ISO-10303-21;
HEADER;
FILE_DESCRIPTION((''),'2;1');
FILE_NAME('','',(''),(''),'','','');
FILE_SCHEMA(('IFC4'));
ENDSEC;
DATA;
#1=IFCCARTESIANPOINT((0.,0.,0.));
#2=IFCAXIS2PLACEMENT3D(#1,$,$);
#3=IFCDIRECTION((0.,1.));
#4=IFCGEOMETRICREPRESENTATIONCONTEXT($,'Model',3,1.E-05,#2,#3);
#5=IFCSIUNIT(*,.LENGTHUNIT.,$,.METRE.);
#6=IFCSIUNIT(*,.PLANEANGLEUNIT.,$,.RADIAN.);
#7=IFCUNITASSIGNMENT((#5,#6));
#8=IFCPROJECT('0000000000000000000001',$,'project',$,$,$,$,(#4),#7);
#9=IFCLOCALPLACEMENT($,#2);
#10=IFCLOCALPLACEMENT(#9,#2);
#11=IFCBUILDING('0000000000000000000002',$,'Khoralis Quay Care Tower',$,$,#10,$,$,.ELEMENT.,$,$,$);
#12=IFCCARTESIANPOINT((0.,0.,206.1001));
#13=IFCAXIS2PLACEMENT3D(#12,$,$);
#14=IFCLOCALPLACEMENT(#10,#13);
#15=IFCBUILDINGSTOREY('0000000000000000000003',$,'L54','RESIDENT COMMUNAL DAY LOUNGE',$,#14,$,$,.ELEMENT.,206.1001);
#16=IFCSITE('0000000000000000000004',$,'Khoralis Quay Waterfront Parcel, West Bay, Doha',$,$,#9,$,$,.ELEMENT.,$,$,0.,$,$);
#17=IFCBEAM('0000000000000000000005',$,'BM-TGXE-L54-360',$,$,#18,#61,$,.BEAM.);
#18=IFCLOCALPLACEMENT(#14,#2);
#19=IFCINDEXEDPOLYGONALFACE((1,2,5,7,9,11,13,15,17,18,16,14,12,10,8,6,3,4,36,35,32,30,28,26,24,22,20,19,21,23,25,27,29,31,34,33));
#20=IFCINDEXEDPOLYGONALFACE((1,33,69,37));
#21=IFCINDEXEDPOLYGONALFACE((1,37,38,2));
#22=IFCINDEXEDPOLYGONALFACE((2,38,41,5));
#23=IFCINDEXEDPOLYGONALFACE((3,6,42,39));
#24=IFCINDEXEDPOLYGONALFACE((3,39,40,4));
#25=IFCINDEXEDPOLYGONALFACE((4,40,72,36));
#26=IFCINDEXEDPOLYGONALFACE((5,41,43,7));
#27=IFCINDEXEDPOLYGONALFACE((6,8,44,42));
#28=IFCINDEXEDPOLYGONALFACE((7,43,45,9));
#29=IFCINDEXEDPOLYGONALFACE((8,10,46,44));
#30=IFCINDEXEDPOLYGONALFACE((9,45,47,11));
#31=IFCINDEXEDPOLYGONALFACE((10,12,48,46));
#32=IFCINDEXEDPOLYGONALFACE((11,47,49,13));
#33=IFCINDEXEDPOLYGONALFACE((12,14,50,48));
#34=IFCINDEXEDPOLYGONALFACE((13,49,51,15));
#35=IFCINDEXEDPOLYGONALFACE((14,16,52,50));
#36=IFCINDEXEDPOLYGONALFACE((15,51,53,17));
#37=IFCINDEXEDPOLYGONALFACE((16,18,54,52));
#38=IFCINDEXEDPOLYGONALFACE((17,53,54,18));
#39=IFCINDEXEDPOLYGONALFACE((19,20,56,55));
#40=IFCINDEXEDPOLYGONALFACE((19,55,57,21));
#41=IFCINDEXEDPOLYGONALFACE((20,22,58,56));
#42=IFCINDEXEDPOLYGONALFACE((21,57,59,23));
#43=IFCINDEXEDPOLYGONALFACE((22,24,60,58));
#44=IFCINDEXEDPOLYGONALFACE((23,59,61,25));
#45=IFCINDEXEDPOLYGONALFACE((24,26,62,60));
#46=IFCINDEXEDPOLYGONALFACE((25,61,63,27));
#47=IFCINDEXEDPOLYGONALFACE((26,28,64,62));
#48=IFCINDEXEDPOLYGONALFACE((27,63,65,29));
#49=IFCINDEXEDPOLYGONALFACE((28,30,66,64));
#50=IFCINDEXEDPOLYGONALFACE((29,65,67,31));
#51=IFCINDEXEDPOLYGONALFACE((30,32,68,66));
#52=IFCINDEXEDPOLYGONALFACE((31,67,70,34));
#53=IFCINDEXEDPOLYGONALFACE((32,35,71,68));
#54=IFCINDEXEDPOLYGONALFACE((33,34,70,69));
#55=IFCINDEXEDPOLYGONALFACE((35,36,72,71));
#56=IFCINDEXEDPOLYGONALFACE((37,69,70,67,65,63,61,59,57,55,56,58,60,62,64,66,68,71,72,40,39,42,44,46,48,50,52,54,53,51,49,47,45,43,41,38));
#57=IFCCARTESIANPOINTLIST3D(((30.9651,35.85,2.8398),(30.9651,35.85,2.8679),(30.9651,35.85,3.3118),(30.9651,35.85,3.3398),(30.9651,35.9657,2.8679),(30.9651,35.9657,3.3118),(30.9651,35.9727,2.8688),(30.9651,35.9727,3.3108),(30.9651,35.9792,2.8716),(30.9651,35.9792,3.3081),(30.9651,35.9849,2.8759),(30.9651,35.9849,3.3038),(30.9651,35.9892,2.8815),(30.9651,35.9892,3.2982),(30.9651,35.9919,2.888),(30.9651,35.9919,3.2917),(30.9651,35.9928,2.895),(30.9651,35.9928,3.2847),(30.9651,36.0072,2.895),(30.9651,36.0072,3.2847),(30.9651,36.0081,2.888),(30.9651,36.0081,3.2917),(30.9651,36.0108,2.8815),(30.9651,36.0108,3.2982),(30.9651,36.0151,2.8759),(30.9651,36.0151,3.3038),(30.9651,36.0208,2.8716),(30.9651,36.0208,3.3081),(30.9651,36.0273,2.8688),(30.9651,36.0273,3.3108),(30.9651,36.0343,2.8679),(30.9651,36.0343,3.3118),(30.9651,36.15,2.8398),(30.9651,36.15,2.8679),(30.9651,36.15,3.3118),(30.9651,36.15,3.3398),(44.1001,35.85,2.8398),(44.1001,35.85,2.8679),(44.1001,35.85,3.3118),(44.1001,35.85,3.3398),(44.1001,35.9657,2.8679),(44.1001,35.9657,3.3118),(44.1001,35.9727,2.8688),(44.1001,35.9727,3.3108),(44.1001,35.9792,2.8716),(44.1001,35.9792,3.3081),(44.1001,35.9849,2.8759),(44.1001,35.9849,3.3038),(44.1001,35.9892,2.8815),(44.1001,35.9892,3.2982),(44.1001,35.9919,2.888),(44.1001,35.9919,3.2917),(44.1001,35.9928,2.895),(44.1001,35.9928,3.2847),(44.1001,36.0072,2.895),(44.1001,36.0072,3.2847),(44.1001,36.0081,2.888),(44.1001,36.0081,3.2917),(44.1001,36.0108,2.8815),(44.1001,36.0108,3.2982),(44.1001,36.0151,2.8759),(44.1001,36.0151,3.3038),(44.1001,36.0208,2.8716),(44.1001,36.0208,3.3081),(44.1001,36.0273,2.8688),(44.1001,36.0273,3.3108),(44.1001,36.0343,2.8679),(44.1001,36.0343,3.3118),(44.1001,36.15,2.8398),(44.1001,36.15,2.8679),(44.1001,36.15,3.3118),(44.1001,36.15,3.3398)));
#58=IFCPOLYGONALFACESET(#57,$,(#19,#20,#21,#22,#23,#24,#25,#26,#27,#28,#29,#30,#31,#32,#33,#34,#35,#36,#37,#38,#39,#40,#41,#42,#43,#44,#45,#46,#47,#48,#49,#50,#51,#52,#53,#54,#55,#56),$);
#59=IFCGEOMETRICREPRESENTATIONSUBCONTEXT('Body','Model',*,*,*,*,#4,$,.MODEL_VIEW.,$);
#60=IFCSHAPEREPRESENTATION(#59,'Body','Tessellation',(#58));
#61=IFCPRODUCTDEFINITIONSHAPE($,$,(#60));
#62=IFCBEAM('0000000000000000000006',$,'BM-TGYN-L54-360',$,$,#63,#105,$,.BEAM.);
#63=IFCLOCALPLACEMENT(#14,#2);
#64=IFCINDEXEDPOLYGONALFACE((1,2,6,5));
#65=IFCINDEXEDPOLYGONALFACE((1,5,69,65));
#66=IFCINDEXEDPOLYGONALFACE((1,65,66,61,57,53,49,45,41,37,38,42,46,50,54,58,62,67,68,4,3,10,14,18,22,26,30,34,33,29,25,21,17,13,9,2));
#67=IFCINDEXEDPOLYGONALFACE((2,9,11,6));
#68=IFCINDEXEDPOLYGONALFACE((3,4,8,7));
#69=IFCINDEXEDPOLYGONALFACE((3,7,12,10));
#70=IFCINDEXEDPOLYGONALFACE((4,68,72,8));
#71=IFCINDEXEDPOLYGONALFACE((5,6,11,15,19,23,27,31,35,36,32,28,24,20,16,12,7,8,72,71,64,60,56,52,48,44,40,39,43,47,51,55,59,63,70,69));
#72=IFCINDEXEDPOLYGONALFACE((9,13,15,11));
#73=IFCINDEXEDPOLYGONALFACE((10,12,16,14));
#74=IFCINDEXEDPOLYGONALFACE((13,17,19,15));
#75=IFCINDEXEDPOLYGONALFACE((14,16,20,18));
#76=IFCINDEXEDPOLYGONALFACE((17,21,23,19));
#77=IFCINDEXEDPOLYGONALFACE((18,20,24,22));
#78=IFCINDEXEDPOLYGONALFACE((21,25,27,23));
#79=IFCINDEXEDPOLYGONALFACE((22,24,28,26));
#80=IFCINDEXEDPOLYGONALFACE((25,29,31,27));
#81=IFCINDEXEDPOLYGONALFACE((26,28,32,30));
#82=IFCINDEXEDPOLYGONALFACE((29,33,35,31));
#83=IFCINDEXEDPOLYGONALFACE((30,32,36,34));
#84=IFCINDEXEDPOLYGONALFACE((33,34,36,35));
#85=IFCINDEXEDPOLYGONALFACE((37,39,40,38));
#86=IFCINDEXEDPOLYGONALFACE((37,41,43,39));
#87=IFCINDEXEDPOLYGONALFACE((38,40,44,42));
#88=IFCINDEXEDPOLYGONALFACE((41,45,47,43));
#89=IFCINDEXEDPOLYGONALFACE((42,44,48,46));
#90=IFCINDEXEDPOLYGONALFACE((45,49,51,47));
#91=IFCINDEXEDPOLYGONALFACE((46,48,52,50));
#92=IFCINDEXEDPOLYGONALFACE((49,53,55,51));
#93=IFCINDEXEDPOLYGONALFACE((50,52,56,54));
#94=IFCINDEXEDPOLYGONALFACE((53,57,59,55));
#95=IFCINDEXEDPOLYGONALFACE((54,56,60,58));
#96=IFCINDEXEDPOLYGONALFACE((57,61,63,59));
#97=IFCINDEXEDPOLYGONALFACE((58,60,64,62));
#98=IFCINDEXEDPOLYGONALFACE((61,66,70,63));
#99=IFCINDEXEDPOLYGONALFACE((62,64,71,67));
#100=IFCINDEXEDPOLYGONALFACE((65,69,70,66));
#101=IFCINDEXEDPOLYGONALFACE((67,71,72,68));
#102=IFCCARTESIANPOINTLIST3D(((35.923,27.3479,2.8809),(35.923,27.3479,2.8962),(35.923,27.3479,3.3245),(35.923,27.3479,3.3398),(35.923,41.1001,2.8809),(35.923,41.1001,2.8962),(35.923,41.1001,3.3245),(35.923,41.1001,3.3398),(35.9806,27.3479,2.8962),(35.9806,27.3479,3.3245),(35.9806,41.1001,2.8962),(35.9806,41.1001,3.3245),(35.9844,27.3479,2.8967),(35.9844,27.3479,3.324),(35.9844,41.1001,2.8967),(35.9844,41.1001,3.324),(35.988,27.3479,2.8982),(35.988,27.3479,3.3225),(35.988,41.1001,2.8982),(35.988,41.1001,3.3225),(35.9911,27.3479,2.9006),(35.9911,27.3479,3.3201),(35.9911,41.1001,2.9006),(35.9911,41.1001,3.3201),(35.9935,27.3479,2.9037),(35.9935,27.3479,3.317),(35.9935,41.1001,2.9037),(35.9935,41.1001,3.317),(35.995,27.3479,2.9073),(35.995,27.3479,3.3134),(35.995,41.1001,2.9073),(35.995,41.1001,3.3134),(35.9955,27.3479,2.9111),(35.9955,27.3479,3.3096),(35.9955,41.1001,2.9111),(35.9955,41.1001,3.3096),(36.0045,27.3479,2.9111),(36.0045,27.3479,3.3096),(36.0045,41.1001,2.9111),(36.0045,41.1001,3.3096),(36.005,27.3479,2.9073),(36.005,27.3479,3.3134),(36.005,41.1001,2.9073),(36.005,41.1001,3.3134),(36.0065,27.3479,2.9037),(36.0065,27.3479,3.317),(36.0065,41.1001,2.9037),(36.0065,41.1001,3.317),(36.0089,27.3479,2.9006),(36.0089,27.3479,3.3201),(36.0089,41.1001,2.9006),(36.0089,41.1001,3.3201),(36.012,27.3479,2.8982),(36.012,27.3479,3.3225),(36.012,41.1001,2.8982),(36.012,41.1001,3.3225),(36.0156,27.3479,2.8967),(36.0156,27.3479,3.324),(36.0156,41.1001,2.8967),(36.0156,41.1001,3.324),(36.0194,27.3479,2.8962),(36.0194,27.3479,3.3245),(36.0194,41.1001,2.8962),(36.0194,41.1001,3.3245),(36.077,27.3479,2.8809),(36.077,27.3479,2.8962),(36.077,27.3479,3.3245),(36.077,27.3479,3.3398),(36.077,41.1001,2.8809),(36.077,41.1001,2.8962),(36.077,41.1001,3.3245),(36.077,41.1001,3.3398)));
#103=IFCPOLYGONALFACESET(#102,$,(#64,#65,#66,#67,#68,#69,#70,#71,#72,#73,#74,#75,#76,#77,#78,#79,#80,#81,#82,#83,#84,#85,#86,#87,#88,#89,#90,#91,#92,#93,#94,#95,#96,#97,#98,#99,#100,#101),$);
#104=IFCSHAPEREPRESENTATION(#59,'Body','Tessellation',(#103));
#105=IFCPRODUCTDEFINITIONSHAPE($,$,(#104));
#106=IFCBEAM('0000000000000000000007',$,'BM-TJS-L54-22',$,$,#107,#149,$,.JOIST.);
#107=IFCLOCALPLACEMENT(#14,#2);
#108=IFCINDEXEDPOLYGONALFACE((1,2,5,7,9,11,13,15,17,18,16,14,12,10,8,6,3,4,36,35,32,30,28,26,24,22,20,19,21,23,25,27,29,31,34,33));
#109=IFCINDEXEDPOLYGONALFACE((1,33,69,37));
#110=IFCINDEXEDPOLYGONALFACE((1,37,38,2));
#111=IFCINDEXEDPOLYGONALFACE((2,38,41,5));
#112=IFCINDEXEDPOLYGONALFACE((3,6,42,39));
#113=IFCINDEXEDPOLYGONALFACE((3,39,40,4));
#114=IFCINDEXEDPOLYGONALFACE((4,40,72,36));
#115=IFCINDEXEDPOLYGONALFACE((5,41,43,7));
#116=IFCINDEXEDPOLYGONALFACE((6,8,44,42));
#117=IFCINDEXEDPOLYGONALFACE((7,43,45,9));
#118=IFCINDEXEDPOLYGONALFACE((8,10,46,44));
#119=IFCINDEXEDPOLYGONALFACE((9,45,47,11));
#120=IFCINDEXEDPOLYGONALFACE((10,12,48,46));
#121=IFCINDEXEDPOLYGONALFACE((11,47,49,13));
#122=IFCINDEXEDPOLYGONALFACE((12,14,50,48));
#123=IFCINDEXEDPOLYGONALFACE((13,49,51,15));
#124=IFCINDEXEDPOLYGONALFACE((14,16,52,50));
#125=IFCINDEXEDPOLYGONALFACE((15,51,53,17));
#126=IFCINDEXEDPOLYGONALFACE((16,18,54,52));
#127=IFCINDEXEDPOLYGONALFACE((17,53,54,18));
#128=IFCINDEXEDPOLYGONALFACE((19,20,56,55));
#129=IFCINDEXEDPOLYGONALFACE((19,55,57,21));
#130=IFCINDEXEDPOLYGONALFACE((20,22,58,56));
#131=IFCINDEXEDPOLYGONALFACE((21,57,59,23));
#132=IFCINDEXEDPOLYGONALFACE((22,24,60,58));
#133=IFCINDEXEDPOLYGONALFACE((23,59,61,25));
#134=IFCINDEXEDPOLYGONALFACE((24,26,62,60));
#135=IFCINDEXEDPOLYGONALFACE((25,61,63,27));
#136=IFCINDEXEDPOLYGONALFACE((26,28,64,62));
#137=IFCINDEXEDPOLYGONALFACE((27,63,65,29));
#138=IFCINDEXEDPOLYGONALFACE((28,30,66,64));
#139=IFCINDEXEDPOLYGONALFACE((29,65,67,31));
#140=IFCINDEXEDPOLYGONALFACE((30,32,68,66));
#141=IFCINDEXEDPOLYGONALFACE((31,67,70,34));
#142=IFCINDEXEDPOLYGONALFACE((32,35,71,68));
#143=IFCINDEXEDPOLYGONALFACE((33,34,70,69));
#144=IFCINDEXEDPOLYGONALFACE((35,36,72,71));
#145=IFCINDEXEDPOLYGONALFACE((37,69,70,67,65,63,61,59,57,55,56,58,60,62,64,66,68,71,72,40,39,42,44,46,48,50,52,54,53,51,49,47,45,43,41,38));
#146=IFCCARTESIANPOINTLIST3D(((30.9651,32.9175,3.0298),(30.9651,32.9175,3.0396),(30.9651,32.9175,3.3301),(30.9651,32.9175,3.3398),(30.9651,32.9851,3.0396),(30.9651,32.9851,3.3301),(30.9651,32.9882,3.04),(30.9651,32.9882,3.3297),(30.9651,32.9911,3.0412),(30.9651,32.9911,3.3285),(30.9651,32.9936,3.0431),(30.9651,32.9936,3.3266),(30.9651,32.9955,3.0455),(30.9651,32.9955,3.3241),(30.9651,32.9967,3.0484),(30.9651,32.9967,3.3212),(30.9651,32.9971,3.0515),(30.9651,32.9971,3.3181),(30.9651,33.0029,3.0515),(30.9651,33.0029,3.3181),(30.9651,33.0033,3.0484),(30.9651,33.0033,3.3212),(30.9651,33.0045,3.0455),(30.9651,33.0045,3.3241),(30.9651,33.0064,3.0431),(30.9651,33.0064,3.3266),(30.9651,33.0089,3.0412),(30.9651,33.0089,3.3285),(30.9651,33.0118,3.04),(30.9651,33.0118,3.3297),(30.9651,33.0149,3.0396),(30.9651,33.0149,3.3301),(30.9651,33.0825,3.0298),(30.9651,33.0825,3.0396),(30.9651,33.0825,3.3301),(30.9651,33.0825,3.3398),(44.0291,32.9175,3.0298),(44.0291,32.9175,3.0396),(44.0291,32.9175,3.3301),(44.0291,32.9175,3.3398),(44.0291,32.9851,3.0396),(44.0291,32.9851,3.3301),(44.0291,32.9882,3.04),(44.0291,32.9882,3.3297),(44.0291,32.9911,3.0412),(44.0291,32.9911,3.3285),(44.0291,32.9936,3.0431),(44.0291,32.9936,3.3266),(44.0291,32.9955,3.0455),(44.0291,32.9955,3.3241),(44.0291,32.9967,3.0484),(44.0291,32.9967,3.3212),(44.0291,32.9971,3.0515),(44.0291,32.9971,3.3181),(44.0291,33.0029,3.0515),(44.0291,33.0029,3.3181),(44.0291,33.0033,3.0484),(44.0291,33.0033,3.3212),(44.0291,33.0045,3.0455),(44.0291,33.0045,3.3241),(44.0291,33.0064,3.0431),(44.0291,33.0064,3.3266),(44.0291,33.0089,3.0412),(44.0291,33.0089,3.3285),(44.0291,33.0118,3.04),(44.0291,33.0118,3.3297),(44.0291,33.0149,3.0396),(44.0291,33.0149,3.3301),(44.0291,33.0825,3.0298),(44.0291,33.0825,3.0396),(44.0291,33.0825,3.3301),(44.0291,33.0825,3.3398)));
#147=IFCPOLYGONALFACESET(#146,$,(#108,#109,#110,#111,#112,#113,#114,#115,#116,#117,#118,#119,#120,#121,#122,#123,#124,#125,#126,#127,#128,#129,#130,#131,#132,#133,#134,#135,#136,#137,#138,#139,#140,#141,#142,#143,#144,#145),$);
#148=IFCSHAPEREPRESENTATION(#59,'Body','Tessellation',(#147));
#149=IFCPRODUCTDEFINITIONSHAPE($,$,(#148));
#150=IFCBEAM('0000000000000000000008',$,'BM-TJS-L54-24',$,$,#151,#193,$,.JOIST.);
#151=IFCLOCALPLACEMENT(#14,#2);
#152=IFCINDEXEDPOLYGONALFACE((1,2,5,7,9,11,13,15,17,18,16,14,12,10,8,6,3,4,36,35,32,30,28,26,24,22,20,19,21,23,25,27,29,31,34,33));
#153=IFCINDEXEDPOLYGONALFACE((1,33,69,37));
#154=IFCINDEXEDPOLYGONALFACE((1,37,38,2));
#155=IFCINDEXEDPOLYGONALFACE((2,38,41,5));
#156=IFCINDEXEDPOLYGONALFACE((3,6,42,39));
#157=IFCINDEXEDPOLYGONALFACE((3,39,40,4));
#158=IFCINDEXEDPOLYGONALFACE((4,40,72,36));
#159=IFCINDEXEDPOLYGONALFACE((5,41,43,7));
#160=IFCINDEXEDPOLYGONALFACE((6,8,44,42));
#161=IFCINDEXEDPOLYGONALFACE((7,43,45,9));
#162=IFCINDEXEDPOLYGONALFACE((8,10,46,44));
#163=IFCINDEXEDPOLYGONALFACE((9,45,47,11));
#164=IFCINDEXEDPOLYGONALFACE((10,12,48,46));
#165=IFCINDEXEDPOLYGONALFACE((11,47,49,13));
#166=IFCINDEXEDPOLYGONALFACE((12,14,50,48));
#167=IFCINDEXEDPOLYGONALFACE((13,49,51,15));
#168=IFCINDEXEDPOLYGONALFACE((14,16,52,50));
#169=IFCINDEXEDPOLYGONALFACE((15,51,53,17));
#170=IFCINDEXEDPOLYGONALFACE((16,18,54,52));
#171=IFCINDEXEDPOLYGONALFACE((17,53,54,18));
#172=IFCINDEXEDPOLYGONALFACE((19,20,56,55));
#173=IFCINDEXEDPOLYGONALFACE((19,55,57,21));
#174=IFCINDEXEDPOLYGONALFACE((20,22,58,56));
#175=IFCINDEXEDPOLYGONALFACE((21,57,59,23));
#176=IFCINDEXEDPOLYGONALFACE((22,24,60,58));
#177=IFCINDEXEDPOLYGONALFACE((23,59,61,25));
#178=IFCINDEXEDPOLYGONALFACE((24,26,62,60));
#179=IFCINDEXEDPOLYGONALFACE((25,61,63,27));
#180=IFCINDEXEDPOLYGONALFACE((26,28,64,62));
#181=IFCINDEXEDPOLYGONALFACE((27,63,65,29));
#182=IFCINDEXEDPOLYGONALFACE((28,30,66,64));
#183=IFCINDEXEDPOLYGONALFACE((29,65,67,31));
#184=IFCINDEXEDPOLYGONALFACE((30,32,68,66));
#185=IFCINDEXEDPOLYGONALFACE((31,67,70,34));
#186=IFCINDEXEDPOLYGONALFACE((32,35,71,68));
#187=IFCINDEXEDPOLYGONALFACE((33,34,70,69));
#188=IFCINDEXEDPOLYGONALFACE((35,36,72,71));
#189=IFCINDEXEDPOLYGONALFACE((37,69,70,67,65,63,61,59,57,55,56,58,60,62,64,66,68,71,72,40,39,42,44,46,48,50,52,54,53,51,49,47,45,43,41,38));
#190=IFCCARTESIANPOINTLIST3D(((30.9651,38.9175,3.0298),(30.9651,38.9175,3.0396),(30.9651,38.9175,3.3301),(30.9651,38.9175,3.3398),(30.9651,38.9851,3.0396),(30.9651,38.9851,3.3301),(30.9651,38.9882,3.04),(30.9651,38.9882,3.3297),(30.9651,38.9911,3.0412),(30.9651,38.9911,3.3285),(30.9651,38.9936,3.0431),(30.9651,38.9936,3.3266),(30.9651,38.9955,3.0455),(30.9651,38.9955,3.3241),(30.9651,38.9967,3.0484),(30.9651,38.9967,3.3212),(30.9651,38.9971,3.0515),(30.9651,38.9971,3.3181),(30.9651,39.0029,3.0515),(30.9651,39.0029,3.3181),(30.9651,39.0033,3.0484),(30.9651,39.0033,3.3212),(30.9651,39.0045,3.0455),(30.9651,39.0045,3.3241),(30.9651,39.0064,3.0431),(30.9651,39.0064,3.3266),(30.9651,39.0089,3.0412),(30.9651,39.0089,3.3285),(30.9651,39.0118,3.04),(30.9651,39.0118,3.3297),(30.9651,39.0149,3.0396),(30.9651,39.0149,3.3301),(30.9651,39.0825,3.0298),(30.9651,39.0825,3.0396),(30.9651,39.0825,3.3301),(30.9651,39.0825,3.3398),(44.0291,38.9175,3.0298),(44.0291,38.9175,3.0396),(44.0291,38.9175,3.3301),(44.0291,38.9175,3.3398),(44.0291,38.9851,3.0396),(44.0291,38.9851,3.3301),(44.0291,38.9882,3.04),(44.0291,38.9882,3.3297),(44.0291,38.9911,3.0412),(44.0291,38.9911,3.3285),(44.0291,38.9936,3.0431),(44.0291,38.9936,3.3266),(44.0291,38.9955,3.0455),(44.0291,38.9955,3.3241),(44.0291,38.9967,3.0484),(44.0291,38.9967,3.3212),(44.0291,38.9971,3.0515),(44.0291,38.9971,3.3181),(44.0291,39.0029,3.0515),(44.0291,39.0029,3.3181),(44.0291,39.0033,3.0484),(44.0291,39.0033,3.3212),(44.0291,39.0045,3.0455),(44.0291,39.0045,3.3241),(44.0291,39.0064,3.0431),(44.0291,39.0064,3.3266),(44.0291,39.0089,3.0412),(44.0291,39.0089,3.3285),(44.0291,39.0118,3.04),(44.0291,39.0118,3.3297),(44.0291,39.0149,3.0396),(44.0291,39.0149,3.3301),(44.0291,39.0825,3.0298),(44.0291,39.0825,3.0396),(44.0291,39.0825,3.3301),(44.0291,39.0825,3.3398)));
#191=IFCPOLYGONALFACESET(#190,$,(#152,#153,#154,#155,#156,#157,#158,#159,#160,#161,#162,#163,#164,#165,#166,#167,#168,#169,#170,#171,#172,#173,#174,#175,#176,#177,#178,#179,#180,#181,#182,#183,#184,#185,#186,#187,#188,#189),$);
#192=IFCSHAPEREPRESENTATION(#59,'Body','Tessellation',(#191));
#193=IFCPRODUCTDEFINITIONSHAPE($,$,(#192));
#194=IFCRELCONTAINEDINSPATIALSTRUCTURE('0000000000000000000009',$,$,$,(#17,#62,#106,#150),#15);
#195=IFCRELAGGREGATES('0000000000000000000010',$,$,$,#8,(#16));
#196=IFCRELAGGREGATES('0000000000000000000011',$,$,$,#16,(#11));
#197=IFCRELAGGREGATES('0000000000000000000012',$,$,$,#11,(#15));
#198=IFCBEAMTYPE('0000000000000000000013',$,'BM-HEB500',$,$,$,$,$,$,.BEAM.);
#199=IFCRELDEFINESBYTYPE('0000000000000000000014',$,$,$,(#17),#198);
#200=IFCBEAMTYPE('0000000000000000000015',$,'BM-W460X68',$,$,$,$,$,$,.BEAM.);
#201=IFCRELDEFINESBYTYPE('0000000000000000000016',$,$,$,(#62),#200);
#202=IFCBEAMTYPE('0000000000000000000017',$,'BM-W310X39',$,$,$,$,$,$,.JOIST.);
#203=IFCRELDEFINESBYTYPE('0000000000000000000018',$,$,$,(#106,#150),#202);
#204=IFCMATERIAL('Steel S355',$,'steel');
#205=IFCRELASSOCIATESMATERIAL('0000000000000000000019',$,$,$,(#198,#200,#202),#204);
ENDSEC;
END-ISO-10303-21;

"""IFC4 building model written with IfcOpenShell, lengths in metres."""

from ifc_helpers import new_model, si_unit, direction, frame, origin, origin_2d, place, context, subcontext, project, spatial, i_section, extrude, source, transform, mapped, material, material_profile, profile_set, type_object, element, save


model = new_model("IFC4")

# Units and contexts
model_context = context("Model", 3, precision=1e-05, world=origin(), true_north=direction((0.0, 1.0)))
body_context = subcontext(model_context, "Body", "Model", "MODEL_VIEW")
ifc_project = project(units=[si_unit("LENGTHUNIT", "METRE"), si_unit("PLANEANGLEUNIT", "RADIAN")], contexts=[model_context])

# Site, building, storey
site_placement = place(None, origin())
site = spatial("IfcSite", under=ifc_project, at=site_placement, Name="Khoralis Quay Waterfront Parcel, West Bay, Doha", CompositionType="ELEMENT", RefElevation=0.0)
building_placement = place(site_placement, origin())
building = spatial("IfcBuilding", under=site, at=building_placement, Name="Khoralis Quay Care Tower", CompositionType="ELEMENT")
storey_placement = place(building_placement, frame((0.0, 0.0, 206.1001)))
storey = spatial("IfcBuildingStorey", under=building, at=storey_placement, Name="L54", Description="RESIDENT COMMUNAL DAY LOUNGE", CompositionType="ELEMENT", Elevation=206.1001)

# Beams
ifc_material_1 = material(Name="Steel S355", Category="steel")
ifc_material_profile_1 = material_profile(ifc_material_1, i_section(OverallWidth=0.3, OverallDepth=0.5, WebThickness=0.0144, FlangeThickness=0.0281, FilletRadius=0.0271, at=origin_2d()), Name="Steel S355")
ifc_profile_set_1 = profile_set([ifc_material_profile_1], Name="Steel S355")
beam_type_1 = type_object("IfcBeamType", Name="BM-HEB500", PredefinedType="BEAM", material=ifc_profile_set_1)
shared_shape_1 = source(origin(), body_context, "Body", "SweptSolid", [
    extrude(i_section(OverallWidth=0.3, OverallDepth=0.5, WebThickness=0.0144, FlangeThickness=0.0281, FilletRadius=0.0271, at=origin_2d()), origin(), (0.0, 0.0, 1.0), 13.135),
])
beam_1_placement = place(storey_placement, frame((30.9651, 36.0, 3.0898), z_axis=(1.0, 0.0, 0.0), x_axis=(0.0, 1.0, 0.0)))
element("IfcBeam", 1, at=beam_1_placement, inside=storey, type_object=beam_type_1, Name="BM-TGXE-L54-360", PredefinedType="BEAM", context=body_context, shape_type="MappedRepresentation", body=[
    mapped(shared_shape_1, transform((0.0, 0.0, 0.0), scale=1.0)),
])
ifc_material_profile_2 = material_profile(ifc_material_1, i_section(OverallWidth=0.1541, OverallDepth=0.459, WebThickness=0.009, FlangeThickness=0.0154, FilletRadius=0.0149, at=origin_2d()), Name="Steel S355")
ifc_profile_set_2 = profile_set([ifc_material_profile_2], Name="Steel S355")
beam_type_2 = type_object("IfcBeamType", Name="BM-W460X68", PredefinedType="BEAM", material=ifc_profile_set_2)
shared_shape_2 = source(origin(), body_context, "Body", "SweptSolid", [
    extrude(i_section(OverallWidth=0.1541, OverallDepth=0.459, WebThickness=0.009, FlangeThickness=0.0154, FilletRadius=0.0149, at=origin_2d()), origin(), (0.0, 0.0, 1.0), 13.7522),
])
beam_2_placement = place(storey_placement, frame((36.0, 27.3479, 3.1104), z_axis=(0.0, 1.0, 0.0), x_axis=(-1.0, 0.0, 0.0)))
element("IfcBeam", 2, at=beam_2_placement, inside=storey, type_object=beam_type_2, Name="BM-TGYN-L54-360", PredefinedType="BEAM", context=body_context, shape_type="MappedRepresentation", body=[
    mapped(shared_shape_2, transform((0.0, 0.0, 0.0), scale=1.0)),
])
ifc_material_profile_3 = material_profile(ifc_material_1, i_section(OverallWidth=0.165, OverallDepth=0.3101, WebThickness=0.0059, FlangeThickness=0.0098, FilletRadius=0.012, at=origin_2d()), Name="Steel S355")
ifc_profile_set_3 = profile_set([ifc_material_profile_3], Name="Steel S355")
beam_type_3 = type_object("IfcBeamType", Name="BM-W310X39", PredefinedType="JOIST", material=ifc_profile_set_3)
shared_shape_3 = source(origin(), body_context, "Body", "SweptSolid", [
    extrude(i_section(OverallWidth=0.165, OverallDepth=0.3101, WebThickness=0.0059, FlangeThickness=0.0098, FilletRadius=0.012, at=origin_2d()), origin(), (0.0, 0.0, 1.0), 13.064),
])
for number, where, z_axis, x_axis, name in (
    (3, (30.9651, 33.0, 3.1848), (1.0, 0.0, 0.0), (0.0, 1.0, 0.0), "BM-TJS-L54-22"),
    (4, (30.9651, 39.0, 3.1848), (1.0, 0.0, 0.0), (0.0, 1.0, 0.0), "BM-TJS-L54-24"),
):
    element("IfcBeam", number, at=place(storey_placement, frame(where, z_axis=z_axis, x_axis=x_axis)), inside=storey, type_object=beam_type_3, Name=name, PredefinedType="JOIST", context=body_context, shape_type="MappedRepresentation", body=[
        mapped(shared_shape_3, transform((0.0, 0.0, 0.0), scale=1.0)),
    ])

save(model, "model.ifc")
